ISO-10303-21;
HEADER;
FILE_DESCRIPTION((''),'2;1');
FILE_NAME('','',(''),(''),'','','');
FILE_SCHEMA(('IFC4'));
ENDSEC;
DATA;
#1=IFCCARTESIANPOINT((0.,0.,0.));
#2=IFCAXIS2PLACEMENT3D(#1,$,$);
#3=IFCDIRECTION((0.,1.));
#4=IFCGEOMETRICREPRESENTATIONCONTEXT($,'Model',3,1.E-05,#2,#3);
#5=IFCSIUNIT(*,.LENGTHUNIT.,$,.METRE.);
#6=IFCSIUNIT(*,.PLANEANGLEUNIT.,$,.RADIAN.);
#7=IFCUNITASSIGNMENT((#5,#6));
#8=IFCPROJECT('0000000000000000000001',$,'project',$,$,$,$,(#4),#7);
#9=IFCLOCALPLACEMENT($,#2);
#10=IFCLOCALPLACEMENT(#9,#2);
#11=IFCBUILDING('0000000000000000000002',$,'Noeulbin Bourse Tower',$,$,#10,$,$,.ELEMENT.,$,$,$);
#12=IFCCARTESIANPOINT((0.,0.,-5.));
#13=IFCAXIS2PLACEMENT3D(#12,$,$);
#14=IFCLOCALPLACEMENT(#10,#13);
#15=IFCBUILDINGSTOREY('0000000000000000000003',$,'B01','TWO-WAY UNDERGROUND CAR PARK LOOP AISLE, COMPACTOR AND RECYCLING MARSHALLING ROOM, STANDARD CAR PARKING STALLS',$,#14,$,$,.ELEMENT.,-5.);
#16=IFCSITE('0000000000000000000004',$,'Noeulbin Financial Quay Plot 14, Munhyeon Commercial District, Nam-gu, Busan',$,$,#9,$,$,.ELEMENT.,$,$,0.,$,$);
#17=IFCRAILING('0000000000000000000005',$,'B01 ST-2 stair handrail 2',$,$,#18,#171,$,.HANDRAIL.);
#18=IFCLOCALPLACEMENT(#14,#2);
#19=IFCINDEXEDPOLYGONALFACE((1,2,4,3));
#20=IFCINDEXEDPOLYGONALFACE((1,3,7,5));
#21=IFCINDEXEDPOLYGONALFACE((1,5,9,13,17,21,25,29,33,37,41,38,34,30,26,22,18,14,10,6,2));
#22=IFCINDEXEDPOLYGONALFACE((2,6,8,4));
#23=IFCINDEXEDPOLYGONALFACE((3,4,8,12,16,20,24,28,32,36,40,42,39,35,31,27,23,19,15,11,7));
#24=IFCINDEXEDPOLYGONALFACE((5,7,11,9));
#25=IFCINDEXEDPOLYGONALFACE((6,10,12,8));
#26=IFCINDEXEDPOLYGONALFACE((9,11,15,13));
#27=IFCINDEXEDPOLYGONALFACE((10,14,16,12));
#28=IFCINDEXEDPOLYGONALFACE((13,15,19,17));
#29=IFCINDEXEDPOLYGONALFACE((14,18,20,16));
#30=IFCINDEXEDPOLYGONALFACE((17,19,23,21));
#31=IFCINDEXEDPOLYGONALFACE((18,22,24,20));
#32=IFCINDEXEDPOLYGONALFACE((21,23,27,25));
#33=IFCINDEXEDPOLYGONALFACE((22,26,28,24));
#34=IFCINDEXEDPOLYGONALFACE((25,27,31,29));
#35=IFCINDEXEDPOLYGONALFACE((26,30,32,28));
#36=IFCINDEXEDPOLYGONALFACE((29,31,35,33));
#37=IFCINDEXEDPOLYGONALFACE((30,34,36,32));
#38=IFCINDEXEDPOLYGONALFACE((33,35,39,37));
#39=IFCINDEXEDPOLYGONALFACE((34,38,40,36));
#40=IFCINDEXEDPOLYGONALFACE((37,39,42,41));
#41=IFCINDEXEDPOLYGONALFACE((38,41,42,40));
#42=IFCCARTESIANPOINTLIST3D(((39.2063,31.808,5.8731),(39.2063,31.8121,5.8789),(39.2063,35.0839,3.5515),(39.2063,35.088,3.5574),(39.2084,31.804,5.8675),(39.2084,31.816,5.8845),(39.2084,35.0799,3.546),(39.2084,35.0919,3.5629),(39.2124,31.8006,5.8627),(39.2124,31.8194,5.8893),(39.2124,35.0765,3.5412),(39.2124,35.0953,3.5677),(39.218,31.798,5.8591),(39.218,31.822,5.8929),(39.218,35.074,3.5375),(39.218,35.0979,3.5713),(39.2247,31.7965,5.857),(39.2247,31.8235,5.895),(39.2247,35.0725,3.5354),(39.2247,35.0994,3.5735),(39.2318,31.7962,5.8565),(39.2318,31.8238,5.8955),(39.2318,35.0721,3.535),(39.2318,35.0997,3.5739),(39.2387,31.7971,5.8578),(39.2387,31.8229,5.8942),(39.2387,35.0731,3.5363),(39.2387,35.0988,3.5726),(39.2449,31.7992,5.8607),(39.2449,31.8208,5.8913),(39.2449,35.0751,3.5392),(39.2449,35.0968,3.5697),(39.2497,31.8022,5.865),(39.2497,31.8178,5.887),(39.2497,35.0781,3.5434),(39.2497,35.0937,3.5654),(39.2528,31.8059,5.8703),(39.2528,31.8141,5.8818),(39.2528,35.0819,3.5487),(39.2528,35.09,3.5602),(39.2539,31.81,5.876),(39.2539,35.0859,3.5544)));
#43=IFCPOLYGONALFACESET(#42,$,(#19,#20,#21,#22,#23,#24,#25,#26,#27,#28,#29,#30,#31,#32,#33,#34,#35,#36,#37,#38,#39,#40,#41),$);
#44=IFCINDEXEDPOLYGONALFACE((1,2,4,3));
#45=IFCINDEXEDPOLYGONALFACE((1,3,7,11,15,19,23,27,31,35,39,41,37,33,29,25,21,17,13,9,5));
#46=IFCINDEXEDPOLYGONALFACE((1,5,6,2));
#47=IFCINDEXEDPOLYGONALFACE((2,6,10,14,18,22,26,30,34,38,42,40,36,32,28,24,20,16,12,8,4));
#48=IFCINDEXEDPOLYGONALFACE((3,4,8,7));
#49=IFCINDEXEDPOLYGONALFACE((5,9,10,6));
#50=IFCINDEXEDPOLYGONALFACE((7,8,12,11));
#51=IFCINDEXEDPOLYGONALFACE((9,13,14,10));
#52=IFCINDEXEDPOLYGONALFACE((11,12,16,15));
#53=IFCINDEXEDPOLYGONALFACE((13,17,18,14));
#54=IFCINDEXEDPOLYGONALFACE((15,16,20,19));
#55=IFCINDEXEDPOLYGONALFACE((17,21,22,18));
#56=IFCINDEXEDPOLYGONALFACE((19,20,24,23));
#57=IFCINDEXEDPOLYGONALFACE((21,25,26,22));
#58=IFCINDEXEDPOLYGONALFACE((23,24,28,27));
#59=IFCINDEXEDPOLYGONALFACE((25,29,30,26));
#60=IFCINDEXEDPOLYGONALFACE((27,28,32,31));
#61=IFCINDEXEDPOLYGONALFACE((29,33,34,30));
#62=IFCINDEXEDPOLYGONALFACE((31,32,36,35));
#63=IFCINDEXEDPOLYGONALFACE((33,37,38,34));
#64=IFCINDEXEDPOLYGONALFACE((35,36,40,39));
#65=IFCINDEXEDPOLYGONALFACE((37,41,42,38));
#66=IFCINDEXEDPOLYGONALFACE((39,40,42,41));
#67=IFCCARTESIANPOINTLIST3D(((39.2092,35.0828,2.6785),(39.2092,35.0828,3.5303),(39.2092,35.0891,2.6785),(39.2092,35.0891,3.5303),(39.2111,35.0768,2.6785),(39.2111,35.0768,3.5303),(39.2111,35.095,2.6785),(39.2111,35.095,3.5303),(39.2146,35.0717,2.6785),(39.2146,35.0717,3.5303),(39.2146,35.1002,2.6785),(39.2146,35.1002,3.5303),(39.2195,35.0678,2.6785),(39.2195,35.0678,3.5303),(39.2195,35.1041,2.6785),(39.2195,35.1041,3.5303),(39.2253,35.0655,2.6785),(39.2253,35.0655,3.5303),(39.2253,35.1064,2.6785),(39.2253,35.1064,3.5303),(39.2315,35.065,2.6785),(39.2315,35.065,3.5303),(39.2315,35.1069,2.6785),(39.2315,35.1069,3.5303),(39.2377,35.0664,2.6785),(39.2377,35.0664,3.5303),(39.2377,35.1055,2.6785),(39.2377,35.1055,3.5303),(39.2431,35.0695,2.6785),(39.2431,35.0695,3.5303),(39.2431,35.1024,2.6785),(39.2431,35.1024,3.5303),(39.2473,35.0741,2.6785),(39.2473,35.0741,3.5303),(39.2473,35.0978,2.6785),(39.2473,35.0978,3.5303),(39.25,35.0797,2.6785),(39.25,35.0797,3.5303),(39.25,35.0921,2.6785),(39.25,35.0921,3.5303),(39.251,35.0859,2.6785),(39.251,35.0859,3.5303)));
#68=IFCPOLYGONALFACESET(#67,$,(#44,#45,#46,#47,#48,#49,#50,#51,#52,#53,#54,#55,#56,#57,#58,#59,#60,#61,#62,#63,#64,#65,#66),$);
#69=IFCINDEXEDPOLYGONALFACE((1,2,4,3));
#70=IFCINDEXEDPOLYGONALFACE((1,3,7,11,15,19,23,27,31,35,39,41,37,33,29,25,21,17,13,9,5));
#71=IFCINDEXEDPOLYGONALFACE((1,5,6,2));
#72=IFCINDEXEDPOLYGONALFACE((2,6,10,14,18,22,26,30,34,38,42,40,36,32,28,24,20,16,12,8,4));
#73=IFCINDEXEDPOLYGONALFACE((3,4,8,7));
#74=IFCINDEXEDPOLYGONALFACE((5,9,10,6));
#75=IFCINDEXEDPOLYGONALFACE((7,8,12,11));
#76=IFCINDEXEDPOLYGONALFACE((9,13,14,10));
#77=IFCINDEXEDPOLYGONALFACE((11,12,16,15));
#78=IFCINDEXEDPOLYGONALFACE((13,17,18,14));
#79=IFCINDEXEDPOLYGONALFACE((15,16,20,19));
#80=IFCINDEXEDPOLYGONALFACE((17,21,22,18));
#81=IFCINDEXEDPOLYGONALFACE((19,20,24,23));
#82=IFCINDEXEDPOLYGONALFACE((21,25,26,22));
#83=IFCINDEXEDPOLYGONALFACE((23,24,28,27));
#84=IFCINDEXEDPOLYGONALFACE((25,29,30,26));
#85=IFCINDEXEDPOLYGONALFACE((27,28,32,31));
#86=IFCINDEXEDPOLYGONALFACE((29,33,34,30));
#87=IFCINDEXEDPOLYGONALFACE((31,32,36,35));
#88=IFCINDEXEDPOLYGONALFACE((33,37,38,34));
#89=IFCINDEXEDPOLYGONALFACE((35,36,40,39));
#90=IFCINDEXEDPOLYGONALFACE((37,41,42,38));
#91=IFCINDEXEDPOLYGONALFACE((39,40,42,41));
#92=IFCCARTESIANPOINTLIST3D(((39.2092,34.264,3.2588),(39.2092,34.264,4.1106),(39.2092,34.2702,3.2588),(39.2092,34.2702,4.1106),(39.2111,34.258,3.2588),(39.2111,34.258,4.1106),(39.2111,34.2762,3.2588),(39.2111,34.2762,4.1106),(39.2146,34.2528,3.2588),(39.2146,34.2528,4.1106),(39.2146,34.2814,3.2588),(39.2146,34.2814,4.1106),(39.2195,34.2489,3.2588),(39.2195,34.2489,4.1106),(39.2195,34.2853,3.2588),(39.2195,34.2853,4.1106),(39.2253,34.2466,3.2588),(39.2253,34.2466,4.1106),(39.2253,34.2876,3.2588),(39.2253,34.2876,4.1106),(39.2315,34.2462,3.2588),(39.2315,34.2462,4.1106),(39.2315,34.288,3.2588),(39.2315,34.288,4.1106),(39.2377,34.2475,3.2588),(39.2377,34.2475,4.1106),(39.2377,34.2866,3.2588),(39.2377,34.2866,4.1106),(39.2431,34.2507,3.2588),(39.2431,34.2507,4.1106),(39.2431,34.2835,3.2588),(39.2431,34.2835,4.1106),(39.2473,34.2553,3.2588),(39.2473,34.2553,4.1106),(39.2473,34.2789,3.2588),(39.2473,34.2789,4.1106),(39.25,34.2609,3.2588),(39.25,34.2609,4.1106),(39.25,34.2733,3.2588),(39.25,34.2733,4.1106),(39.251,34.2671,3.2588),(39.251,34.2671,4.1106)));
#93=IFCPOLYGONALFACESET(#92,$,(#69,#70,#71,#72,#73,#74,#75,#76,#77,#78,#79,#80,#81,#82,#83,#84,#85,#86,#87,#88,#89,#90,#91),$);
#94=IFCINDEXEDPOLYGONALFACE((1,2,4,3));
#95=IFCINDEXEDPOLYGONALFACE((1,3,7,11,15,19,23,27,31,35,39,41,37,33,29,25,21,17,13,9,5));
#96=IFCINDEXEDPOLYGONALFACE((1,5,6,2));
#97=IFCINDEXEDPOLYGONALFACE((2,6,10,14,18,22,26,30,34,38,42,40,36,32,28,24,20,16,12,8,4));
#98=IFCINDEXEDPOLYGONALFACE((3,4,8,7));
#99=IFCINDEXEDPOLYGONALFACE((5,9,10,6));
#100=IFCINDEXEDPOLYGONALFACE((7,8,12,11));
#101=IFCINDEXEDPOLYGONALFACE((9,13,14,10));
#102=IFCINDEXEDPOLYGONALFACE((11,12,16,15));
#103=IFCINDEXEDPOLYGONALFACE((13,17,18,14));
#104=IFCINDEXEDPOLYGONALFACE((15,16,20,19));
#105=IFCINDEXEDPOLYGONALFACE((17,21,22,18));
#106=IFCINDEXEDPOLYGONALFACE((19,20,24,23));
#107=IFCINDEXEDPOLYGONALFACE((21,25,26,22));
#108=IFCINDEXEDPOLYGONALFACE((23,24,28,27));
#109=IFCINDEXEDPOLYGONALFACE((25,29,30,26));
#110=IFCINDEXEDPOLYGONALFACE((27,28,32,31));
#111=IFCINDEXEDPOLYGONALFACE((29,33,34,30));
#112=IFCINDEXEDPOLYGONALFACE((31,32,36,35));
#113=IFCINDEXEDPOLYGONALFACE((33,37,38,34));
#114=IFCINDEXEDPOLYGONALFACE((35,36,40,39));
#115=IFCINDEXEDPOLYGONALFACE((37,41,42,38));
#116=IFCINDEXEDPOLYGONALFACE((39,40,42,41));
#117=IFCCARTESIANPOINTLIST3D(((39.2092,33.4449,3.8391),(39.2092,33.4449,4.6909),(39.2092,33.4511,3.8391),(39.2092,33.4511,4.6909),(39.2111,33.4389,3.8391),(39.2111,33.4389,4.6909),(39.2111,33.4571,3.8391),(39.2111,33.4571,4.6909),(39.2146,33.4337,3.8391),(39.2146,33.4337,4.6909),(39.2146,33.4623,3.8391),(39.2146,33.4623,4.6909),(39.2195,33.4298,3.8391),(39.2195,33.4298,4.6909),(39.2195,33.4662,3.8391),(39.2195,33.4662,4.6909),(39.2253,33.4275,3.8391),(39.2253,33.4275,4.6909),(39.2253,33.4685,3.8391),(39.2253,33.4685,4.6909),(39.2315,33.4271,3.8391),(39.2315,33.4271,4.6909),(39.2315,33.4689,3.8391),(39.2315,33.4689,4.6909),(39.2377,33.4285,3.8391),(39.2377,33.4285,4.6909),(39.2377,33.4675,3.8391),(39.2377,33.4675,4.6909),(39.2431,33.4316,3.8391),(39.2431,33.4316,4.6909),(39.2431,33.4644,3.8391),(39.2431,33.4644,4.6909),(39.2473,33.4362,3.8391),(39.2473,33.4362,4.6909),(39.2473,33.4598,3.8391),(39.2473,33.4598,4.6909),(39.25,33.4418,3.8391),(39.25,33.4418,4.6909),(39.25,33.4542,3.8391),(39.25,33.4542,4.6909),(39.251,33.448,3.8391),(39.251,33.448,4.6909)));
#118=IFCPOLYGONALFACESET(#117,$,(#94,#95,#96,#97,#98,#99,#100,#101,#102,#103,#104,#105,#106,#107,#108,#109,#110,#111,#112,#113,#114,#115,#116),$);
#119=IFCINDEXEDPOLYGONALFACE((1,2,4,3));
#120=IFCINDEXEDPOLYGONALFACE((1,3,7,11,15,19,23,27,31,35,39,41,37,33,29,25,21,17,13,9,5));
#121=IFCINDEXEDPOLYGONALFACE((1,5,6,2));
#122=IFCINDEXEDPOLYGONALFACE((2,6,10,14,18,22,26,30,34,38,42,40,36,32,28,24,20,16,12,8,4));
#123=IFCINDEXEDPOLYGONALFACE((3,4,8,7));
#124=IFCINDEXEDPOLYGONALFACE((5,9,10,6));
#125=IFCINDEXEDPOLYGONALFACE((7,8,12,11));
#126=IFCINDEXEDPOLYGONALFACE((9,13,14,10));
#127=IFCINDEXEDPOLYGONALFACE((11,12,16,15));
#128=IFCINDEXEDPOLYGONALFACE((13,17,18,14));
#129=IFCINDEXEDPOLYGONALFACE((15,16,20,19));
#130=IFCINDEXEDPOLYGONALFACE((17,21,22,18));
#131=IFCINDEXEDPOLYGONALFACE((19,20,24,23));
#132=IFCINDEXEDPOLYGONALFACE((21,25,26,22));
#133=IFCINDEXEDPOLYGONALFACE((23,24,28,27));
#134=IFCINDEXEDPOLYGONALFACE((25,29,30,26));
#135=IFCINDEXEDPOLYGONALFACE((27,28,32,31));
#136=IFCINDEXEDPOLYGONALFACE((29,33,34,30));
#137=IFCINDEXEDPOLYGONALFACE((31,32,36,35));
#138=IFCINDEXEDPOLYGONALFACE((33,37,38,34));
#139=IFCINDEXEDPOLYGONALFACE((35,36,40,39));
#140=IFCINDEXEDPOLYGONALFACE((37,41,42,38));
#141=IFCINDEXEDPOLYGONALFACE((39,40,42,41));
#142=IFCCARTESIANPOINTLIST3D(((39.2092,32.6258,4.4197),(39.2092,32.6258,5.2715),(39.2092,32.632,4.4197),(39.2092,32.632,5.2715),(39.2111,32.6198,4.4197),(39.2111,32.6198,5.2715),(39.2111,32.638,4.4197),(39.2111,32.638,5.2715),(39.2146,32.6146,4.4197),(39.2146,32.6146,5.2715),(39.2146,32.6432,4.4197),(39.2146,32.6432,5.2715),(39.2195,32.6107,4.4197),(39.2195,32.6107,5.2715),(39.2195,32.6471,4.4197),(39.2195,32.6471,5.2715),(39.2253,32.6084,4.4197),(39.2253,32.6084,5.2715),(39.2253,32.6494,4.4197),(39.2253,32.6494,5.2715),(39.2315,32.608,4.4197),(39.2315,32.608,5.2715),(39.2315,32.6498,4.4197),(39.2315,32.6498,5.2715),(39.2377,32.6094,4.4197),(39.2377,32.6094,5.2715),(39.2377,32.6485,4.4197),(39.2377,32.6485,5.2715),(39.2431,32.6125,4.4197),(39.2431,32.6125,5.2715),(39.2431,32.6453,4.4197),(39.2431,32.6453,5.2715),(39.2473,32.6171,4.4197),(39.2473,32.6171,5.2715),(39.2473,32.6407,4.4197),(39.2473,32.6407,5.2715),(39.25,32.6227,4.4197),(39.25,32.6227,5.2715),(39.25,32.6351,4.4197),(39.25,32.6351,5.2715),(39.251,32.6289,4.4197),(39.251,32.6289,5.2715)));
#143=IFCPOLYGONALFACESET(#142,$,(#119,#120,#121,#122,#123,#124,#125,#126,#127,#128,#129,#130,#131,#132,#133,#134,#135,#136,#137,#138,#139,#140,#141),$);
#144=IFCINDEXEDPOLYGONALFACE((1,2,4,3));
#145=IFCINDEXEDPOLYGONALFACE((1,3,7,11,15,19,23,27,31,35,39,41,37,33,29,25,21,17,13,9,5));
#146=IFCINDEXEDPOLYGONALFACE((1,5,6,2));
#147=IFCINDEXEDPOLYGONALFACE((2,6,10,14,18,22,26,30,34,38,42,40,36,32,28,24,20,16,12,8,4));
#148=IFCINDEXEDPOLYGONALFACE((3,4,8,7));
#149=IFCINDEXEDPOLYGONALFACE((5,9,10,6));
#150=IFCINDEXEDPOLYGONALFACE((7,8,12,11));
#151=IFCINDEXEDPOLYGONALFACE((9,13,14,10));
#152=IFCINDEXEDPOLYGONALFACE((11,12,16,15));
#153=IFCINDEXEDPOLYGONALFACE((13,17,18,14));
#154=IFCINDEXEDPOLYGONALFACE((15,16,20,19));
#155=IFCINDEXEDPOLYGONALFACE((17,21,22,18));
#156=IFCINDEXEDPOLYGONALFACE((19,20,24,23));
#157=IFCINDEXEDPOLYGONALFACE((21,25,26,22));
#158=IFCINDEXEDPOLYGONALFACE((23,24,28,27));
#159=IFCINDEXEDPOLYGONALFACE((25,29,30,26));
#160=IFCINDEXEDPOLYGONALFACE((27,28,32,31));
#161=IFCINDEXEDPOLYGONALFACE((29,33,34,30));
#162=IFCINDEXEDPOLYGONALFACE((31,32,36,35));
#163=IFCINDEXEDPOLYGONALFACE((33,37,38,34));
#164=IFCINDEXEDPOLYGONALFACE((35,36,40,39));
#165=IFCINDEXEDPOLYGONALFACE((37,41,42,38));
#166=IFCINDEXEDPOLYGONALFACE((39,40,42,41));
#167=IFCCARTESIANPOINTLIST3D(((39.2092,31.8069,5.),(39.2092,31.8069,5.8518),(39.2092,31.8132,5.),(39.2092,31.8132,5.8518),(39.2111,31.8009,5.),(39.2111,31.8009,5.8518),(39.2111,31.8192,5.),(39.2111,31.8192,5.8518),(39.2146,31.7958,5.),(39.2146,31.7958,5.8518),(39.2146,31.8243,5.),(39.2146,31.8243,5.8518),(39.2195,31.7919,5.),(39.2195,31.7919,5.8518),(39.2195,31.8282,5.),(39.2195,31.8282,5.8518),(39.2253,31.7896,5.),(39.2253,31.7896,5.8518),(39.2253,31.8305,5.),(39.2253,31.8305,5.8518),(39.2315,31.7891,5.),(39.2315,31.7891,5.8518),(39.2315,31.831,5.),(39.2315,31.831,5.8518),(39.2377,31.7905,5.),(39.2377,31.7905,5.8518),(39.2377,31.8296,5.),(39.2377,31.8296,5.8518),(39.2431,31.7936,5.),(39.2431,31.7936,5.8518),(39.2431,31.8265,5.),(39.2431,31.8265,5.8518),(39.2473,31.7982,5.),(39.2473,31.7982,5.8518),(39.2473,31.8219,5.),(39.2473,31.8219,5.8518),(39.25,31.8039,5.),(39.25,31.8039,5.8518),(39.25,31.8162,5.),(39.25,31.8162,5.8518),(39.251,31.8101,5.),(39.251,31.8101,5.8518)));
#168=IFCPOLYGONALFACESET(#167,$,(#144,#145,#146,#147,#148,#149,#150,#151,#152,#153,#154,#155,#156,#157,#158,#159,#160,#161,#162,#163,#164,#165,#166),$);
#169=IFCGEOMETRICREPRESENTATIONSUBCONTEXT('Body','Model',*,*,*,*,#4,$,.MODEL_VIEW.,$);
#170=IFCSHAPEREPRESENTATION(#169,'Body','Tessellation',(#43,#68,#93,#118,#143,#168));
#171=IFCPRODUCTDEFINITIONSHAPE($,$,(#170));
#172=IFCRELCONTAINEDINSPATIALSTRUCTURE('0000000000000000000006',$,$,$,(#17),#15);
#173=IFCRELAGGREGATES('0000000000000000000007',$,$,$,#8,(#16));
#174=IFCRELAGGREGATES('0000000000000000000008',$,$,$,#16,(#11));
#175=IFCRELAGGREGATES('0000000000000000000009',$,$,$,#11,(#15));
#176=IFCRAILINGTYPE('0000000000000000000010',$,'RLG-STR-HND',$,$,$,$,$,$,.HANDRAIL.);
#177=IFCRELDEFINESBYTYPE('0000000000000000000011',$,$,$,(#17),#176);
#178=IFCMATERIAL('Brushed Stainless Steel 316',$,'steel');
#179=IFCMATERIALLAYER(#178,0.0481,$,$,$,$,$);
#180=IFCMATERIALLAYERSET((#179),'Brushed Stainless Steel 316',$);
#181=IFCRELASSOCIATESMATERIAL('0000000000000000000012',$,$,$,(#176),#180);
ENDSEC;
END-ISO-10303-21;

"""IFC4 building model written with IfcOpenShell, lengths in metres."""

from ifc_helpers import new_model, si_unit, direction, frame, origin, origin_2d, place, context, subcontext, project, spatial, circle, extrude, material, layer, layer_set, type_object, element, save


model = new_model("IFC4")

# Units and contexts
model_context = context("Model", 3, precision=1e-05, world=origin(), true_north=direction((0.0, 1.0)))
body_context = subcontext(model_context, "Body", "Model", "MODEL_VIEW")
ifc_project = project(units=[si_unit("LENGTHUNIT", "METRE"), si_unit("PLANEANGLEUNIT", "RADIAN")], contexts=[model_context])

# Site, building, storey
site_placement = place(None, origin())
site = spatial("IfcSite", under=ifc_project, at=site_placement, Name="Noeulbin Financial Quay Plot 14, Munhyeon Commercial District, Nam-gu, Busan", CompositionType="ELEMENT", RefElevation=0.0)
building_placement = place(site_placement, origin())
building = spatial("IfcBuilding", under=site, at=building_placement, Name="Noeulbin Bourse Tower", CompositionType="ELEMENT")
storey_placement = place(building_placement, frame((0.0, 0.0, -5.0)))
storey = spatial("IfcBuildingStorey", under=building, at=storey_placement, Name="B01", Description="TWO-WAY UNDERGROUND CAR PARK LOOP AISLE, COMPACTOR AND RECYCLING MARSHALLING ROOM, STANDARD CAR PARKING STALLS", CompositionType="ELEMENT", Elevation=-5.0)

# Shared definitions
ifc_material_1 = material(Name="Brushed Stainless Steel 316", Category="steel")

# Railing
ifc_layer_1 = layer(ifc_material_1, 0.0481)
ifc_layer_set_1 = layer_set([ifc_layer_1], Name="Brushed Stainless Steel 316")
railing_type_1 = type_object("IfcRailingType", Name="RLG-STR-HND", PredefinedType="HANDRAIL", material=ifc_layer_set_1)
railing_1_placement = place(storey_placement, frame((39.23, 35.0859, 2.6785)))
element("IfcRailing", 1, at=railing_1_placement, inside=storey, type_object=railing_type_1, Name="B01 ST-2 stair handrail 2", PredefinedType="HANDRAIL", context=body_context, shape_type="SweptSolid", body=[
    extrude(circle(Radius=0.0239, at=origin_2d()), frame((0.0, 0.0, 0.876), z_axis=(0.0, -0.815893, 0.578203), x_axis=(1.0, 0.0, 0.0)), (0.0, 0.0, 1.0), 4.0151),
    extrude(circle(Radius=0.021, at=origin_2d()), origin(), (0.0, 0.0, 1.0), 0.8518),
    extrude(circle(Radius=0.021, at=origin_2d()), frame((0.0, -0.8188, 0.5803)), (0.0, 0.0, 1.0), 0.8518),
    extrude(circle(Radius=0.021, at=origin_2d()), frame((0.0, -1.6379, 1.1606)), (0.0, 0.0, 1.0), 0.8518),
    extrude(circle(Radius=0.021, at=origin_2d()), frame((0.0, -2.457, 1.7412)), (0.0, 0.0, 1.0), 0.8518),
    extrude(circle(Radius=0.021, at=origin_2d()), frame((0.0, -3.2759, 2.3215)), (0.0, 0.0, 1.0), 0.8518),
])

save(model, "model.ifc")
